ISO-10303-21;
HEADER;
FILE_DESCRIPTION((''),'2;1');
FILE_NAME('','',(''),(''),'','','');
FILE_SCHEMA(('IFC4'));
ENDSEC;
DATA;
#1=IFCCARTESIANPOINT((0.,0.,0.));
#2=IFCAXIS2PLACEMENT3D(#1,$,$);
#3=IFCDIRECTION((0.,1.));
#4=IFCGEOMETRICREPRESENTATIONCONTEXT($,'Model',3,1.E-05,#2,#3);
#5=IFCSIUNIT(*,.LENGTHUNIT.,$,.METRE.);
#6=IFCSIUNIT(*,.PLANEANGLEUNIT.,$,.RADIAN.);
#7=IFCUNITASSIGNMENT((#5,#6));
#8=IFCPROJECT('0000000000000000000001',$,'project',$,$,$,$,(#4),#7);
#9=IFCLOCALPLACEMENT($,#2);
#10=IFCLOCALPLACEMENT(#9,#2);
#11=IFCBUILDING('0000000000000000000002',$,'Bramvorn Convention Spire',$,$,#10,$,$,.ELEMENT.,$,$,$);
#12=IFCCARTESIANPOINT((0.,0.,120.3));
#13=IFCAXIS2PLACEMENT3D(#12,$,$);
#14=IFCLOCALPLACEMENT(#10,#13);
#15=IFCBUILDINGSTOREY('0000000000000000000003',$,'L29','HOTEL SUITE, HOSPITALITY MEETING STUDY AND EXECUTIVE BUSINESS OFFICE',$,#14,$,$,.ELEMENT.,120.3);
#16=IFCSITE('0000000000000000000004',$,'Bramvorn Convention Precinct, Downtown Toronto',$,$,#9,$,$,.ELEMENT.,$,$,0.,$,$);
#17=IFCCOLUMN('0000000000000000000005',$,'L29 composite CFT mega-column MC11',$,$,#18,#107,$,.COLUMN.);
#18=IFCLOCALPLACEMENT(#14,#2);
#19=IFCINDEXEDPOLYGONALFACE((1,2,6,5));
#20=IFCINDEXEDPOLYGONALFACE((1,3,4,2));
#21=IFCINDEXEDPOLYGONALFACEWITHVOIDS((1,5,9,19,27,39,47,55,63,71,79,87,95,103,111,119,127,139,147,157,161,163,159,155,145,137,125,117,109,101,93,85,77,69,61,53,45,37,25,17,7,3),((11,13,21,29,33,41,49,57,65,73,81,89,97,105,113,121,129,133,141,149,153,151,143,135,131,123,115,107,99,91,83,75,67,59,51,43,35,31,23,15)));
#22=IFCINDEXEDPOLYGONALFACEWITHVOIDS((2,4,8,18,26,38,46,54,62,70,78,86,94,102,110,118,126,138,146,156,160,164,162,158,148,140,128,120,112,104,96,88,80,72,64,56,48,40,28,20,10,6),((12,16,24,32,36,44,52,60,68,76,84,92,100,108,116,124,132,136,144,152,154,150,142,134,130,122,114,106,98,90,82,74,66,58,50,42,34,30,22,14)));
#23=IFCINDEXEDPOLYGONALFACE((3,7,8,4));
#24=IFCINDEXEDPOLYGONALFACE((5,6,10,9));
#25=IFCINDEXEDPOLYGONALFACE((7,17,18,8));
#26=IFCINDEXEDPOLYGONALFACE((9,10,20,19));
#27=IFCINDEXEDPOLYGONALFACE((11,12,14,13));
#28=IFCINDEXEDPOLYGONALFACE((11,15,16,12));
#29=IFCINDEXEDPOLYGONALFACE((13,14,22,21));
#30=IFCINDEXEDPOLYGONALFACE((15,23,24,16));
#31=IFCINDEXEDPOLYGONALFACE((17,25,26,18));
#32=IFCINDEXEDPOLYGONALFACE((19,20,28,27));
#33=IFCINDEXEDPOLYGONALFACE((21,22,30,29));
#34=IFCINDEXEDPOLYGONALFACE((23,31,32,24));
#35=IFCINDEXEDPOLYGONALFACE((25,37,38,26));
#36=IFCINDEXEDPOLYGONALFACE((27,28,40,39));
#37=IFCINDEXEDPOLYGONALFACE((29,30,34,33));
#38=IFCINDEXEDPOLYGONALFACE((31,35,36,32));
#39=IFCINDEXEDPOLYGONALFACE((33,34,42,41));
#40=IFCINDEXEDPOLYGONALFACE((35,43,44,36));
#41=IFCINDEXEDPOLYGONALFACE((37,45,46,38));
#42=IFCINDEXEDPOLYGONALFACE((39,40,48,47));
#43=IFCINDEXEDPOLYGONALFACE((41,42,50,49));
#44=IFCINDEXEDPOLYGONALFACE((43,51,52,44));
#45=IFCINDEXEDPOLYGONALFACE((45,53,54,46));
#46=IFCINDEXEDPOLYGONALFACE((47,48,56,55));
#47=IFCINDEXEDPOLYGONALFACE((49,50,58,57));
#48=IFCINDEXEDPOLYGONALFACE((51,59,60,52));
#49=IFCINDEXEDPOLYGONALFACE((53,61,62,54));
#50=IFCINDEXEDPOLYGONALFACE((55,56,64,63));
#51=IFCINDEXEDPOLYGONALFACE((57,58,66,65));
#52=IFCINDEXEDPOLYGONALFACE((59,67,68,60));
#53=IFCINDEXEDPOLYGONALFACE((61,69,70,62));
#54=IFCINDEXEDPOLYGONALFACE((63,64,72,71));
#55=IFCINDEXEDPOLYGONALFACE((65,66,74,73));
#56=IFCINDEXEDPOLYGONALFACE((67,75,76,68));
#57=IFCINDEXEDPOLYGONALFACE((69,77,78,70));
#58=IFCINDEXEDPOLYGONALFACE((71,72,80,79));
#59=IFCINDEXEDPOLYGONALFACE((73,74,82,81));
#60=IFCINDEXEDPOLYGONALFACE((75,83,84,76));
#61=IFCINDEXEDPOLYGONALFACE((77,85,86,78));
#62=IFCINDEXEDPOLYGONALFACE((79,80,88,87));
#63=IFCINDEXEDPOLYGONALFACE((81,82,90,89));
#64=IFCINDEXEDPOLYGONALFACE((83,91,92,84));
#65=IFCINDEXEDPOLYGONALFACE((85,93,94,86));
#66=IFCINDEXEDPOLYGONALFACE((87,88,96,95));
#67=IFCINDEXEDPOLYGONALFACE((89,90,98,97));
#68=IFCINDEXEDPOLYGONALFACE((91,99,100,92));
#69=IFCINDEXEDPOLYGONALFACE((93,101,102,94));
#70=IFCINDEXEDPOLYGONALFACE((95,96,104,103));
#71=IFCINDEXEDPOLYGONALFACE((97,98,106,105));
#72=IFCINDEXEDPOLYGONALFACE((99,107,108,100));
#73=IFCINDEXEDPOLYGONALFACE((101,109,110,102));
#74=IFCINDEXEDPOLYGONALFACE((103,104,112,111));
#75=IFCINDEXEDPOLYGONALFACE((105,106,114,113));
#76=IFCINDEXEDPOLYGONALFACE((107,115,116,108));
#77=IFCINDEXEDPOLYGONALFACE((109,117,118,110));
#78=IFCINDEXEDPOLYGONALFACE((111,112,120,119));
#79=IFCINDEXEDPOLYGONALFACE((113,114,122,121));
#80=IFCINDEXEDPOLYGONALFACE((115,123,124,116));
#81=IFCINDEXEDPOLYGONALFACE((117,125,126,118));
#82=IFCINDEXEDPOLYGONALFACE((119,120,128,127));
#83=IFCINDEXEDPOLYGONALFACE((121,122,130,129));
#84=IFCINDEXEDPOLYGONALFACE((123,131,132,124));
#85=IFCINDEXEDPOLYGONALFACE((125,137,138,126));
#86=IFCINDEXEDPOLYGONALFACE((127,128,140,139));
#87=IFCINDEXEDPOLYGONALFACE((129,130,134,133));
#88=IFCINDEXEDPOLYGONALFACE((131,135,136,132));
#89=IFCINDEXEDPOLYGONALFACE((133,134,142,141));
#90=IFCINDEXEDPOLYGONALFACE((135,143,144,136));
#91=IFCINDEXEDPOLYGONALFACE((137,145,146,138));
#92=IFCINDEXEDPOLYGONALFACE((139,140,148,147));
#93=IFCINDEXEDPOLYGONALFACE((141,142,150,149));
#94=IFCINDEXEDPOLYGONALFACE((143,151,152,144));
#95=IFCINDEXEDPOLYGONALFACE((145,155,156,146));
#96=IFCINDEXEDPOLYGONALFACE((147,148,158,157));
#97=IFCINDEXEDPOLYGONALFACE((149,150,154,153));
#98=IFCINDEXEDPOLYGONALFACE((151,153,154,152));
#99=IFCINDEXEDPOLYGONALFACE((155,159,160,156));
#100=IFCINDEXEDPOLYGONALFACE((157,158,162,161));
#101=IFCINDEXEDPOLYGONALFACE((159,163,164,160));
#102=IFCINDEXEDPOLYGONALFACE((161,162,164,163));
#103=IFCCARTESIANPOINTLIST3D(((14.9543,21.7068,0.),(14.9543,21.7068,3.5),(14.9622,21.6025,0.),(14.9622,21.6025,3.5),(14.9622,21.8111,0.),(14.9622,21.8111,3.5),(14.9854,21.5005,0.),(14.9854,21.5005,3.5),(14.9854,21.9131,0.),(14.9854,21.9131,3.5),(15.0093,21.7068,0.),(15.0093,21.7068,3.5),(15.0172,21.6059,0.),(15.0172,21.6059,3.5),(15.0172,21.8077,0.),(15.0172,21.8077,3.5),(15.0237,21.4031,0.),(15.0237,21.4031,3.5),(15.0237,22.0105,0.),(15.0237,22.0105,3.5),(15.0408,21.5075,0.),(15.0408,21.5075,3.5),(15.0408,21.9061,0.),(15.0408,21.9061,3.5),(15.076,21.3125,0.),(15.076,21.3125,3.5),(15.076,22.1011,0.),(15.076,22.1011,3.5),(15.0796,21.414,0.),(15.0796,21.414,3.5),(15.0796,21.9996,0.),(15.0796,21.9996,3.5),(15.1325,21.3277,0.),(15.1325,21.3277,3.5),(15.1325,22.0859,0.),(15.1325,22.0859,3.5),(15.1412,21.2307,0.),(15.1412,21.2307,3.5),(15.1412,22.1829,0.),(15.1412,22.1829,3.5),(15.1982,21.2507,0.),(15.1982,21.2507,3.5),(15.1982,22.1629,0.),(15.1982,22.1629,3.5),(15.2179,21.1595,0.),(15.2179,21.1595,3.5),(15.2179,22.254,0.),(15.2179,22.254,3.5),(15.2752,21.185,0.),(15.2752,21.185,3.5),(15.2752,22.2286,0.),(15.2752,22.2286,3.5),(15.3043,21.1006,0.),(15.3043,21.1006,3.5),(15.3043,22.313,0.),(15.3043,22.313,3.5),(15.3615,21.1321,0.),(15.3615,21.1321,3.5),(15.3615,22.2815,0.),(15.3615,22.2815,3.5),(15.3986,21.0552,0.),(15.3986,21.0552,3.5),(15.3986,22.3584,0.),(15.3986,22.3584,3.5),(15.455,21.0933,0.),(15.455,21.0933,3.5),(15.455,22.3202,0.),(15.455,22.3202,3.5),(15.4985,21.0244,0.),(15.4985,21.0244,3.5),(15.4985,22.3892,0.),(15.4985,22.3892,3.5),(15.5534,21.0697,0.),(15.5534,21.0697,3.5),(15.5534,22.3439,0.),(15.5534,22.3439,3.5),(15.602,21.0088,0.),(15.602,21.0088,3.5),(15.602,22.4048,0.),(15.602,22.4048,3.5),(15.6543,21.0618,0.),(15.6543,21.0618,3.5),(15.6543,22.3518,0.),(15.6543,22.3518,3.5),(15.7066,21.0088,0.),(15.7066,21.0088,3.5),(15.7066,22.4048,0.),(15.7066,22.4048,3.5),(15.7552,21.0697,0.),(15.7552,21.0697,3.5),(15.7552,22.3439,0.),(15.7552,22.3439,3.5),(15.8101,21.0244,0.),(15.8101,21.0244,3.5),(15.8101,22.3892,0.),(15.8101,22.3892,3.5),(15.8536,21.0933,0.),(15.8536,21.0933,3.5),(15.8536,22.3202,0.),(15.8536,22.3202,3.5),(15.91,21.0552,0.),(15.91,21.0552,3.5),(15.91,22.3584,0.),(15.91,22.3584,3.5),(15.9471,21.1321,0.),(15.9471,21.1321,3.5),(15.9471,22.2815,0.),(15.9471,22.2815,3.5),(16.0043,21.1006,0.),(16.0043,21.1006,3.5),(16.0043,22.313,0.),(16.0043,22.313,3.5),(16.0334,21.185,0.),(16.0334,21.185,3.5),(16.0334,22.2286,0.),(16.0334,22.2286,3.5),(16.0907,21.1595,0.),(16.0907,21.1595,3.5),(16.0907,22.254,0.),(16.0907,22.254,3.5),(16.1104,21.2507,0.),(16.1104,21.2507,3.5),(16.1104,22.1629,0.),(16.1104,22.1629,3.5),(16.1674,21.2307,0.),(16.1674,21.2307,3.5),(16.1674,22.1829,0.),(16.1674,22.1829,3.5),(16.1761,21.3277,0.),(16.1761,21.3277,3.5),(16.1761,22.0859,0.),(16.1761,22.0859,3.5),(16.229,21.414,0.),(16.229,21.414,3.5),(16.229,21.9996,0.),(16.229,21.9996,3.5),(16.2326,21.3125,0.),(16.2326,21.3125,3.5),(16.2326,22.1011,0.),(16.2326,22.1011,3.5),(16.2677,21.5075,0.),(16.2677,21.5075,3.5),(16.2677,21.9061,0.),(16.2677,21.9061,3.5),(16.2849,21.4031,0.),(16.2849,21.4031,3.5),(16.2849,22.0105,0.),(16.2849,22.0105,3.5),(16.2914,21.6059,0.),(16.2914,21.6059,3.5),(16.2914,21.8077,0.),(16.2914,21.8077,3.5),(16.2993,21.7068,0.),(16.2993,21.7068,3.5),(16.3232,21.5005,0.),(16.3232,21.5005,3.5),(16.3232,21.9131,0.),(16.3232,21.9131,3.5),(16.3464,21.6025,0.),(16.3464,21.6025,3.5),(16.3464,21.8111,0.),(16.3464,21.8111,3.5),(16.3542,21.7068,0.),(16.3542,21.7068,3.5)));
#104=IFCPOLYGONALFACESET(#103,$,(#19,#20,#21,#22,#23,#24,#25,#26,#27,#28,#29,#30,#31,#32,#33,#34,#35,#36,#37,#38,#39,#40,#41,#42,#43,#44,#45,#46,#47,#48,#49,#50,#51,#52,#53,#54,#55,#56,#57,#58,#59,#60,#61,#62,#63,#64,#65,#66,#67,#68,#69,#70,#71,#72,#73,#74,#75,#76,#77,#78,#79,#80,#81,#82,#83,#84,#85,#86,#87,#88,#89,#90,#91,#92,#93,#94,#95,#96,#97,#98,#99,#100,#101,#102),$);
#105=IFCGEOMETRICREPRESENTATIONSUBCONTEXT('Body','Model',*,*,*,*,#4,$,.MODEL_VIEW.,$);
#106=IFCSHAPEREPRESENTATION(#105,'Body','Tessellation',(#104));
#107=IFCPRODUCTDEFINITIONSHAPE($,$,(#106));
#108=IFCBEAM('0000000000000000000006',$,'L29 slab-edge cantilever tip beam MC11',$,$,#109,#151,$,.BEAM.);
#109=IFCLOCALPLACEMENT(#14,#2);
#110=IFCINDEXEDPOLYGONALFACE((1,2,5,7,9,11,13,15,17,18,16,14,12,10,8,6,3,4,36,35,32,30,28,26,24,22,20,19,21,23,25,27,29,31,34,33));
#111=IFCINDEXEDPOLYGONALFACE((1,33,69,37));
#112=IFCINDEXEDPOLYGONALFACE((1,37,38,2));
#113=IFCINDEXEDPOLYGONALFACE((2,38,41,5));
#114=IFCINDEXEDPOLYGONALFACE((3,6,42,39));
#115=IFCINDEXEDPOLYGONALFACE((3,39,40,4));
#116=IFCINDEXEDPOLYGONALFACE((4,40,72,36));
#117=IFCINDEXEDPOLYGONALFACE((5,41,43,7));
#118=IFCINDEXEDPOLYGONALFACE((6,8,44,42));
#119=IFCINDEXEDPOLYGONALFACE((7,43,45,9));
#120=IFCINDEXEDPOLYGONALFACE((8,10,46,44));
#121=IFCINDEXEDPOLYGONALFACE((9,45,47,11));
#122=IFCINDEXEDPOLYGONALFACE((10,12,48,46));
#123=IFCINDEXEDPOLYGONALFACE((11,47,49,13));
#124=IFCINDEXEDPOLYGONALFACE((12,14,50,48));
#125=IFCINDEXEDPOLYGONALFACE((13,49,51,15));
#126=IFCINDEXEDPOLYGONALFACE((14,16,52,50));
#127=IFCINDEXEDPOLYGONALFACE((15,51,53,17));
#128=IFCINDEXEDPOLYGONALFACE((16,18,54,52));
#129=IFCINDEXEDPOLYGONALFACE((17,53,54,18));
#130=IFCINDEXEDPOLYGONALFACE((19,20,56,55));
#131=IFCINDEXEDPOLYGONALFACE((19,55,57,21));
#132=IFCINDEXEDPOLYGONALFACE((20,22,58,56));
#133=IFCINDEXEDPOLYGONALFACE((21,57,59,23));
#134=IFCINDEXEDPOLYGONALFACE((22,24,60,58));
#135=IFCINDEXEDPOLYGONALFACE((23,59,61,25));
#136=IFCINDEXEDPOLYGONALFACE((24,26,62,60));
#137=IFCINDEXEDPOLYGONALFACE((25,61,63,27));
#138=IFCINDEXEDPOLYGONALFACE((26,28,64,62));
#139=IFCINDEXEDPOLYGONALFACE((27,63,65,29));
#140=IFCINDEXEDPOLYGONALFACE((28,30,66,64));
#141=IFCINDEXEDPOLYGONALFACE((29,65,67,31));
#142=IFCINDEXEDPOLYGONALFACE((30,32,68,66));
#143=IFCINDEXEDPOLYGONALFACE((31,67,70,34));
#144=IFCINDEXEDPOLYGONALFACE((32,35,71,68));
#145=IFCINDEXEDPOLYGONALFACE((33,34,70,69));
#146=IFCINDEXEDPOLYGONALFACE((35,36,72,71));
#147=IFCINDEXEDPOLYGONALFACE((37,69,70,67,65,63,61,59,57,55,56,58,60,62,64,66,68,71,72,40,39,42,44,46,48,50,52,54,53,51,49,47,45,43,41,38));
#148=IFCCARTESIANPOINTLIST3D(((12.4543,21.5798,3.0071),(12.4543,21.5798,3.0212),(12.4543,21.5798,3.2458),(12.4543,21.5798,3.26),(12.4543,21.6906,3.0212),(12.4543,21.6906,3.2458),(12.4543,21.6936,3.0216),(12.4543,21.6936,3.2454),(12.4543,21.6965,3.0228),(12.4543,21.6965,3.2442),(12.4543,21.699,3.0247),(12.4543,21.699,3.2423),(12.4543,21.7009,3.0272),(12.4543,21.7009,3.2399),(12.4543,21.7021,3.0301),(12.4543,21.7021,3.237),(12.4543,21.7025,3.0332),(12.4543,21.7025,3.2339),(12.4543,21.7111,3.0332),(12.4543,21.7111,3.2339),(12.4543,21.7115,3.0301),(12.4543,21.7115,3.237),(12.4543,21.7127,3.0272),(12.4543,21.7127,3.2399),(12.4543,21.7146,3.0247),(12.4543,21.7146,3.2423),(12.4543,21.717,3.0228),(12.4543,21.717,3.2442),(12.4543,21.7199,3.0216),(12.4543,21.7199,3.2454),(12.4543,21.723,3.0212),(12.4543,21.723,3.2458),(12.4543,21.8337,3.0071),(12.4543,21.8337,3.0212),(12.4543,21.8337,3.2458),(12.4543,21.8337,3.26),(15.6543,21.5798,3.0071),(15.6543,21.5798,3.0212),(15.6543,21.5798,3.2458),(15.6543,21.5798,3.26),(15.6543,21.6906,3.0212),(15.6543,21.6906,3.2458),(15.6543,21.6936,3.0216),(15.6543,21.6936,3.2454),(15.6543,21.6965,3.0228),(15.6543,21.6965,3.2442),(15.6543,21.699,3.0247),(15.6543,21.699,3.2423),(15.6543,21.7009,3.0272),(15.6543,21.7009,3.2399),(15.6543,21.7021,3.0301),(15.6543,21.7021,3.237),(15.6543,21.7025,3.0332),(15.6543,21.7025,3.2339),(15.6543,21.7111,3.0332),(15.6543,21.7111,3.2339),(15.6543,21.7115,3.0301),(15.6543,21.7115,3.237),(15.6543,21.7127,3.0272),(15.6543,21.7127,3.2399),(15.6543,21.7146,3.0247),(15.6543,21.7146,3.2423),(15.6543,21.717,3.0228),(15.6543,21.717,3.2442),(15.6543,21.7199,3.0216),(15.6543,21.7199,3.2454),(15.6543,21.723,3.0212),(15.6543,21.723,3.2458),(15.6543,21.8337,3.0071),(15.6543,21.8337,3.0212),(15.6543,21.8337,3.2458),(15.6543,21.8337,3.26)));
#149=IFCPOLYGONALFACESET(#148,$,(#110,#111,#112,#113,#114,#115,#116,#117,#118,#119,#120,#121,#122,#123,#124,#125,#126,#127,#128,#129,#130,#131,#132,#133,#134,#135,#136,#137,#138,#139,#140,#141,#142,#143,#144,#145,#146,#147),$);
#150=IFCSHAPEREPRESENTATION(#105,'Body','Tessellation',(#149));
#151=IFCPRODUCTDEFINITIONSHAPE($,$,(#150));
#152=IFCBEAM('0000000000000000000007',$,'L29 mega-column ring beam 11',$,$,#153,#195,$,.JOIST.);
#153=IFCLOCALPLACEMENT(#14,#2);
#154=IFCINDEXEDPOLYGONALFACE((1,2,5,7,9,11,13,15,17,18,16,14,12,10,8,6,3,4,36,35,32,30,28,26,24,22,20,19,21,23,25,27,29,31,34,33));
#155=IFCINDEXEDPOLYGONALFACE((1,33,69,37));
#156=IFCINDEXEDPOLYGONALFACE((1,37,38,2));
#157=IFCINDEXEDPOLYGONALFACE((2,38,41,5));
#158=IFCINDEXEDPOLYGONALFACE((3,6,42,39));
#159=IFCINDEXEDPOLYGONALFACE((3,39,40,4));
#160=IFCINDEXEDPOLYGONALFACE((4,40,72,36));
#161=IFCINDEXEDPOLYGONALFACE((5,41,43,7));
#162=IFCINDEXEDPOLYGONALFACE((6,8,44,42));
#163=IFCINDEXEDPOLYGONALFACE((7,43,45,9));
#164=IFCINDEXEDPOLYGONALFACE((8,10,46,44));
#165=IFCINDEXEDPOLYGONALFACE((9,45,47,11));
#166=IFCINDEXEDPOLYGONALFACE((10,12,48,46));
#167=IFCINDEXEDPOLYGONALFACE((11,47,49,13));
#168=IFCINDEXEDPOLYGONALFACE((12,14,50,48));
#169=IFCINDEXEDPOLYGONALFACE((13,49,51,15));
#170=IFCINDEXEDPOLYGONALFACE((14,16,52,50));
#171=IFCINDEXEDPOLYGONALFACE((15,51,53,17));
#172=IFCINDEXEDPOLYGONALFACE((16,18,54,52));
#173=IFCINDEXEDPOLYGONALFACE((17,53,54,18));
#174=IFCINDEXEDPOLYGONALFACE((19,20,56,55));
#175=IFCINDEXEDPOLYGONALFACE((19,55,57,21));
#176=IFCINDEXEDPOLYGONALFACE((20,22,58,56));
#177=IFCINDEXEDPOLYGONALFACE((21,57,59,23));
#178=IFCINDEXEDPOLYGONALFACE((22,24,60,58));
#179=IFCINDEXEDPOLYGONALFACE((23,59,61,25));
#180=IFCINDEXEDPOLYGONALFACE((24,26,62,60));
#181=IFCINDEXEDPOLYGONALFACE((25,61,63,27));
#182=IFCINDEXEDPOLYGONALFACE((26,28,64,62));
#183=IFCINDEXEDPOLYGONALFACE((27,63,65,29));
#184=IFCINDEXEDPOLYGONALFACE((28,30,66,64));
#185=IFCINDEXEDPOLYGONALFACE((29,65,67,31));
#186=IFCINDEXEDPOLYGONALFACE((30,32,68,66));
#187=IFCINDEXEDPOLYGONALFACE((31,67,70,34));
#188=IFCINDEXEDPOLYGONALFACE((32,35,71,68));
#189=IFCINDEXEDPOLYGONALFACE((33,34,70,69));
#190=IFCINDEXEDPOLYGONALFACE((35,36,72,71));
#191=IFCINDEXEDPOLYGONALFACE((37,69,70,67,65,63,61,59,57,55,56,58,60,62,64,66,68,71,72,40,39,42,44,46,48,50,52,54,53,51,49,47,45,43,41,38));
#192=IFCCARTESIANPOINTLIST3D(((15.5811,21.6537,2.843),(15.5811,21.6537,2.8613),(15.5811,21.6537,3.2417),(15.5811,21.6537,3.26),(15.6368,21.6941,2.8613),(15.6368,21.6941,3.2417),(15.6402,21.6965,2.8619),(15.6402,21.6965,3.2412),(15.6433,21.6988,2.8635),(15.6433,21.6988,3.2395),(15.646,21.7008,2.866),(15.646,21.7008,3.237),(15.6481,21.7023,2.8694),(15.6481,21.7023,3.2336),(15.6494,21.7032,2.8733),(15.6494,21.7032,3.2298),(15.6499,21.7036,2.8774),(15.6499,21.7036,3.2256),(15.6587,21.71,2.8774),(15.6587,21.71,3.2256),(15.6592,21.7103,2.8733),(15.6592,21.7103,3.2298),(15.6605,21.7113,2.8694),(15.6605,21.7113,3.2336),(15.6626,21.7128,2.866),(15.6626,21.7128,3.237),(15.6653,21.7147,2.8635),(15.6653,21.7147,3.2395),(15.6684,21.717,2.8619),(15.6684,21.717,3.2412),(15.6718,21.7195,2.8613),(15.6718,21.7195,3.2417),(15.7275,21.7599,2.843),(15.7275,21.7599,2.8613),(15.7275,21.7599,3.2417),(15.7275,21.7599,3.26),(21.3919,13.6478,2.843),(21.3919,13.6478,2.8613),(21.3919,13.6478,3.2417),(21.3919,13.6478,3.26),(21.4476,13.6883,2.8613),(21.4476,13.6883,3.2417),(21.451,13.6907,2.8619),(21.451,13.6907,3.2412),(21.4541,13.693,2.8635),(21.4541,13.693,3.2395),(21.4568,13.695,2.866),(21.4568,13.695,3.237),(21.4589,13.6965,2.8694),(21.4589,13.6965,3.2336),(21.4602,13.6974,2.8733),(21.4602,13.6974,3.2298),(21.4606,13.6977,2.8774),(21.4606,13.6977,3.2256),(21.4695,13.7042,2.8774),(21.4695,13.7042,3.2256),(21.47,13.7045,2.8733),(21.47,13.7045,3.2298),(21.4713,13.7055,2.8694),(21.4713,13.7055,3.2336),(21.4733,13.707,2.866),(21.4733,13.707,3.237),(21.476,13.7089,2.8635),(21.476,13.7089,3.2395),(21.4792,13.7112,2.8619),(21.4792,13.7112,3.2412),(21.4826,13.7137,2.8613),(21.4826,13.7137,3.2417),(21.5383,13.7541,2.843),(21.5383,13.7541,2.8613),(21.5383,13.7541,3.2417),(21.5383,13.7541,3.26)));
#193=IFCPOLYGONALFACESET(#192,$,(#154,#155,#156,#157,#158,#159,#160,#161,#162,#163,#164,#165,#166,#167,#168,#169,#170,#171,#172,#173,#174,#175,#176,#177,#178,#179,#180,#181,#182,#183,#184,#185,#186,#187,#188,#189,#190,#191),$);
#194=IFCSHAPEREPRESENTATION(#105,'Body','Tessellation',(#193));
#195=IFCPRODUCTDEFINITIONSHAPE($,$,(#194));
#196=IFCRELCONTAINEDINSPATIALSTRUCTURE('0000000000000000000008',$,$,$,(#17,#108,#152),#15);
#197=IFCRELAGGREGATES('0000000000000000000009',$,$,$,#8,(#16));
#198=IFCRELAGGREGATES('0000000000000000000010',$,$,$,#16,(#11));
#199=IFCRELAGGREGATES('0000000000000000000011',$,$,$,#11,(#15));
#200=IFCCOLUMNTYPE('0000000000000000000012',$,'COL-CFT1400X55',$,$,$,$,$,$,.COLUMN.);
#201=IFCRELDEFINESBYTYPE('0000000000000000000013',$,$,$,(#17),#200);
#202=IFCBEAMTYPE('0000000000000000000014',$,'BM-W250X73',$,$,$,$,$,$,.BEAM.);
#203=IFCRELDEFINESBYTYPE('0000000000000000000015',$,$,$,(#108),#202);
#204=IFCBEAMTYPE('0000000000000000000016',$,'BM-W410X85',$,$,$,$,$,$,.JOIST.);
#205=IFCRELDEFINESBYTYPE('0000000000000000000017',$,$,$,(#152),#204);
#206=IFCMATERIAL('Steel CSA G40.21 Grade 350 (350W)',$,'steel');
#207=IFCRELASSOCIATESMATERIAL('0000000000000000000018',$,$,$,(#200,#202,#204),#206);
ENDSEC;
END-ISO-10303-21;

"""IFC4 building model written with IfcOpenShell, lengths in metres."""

from ifc_helpers import new_model, si_unit, direction, frame, origin, origin_2d, place, context, subcontext, project, spatial, hollow_circle, i_section, extrude, material, material_profile, profile_set, type_object, element, save


model = new_model("IFC4")

# Units and contexts
model_context = context("Model", 3, precision=1e-05, world=origin(), true_north=direction((0.0, 1.0)))
body_context = subcontext(model_context, "Body", "Model", "MODEL_VIEW")
ifc_project = project(units=[si_unit("LENGTHUNIT", "METRE"), si_unit("PLANEANGLEUNIT", "RADIAN")], contexts=[model_context])

# Site, building, storey
site_placement = place(None, origin())
site = spatial("IfcSite", under=ifc_project, at=site_placement, Name="Bramvorn Convention Precinct, Downtown Toronto", CompositionType="ELEMENT", RefElevation=0.0)
building_placement = place(site_placement, origin())
building = spatial("IfcBuilding", under=site, at=building_placement, Name="Bramvorn Convention Spire", CompositionType="ELEMENT")
storey_placement = place(building_placement, frame((0.0, 0.0, 120.3)))
storey = spatial("IfcBuildingStorey", under=building, at=storey_placement, Name="L29", Description="HOTEL SUITE, HOSPITALITY MEETING STUDY AND EXECUTIVE BUSINESS OFFICE", CompositionType="ELEMENT", Elevation=120.3)

# Column
ifc_material_1 = material(Name="Steel CSA G40.21 Grade 350 (350W)", Category="steel")
ifc_material_profile_1 = material_profile(ifc_material_1, hollow_circle(Radius=0.7, WallThickness=0.0549, at=origin_2d()))
ifc_profile_set_1 = profile_set([ifc_material_profile_1], Name="Steel CSA G40.21 Grade 350 (350W) - CFT1400X55")
column_type = type_object("IfcColumnType", Name="COL-CFT1400X55", PredefinedType="COLUMN", material=ifc_profile_set_1)
column_placement = place(storey_placement, frame((15.6543, 21.7068, 0.0), z_axis=(0.0, 0.0, 1.0), x_axis=(1.0, 0.0, 0.0)))
element("IfcColumn", 1, at=column_placement, inside=storey, type_object=column_type, Name="L29 composite CFT mega-column MC11", PredefinedType="COLUMN", context=body_context, shape_type="SweptSolid", body=[
    extrude(hollow_circle(Radius=0.7, WallThickness=0.0549, at=origin_2d()), origin(), (0.0, 0.0, 1.0), 3.5),
])

# Beams
ifc_material_profile_2 = material_profile(ifc_material_1, i_section(OverallWidth=0.2539, OverallDepth=0.2529, WebThickness=0.0085, FlangeThickness=0.0142, FilletRadius=0.012, at=origin_2d()))
ifc_profile_set_2 = profile_set([ifc_material_profile_2], Name="Steel CSA G40.21 Grade 350 (350W) - W250X73")
beam_type_1 = type_object("IfcBeamType", Name="BM-W250X73", PredefinedType="BEAM", material=ifc_profile_set_2)
beam_1_placement = place(storey_placement, frame((15.6543, 21.7068, 3.1335), z_axis=(-1.0, 0.0, 0.0), x_axis=(0.0, -1.0, 0.0)))
element("IfcBeam", 2, at=beam_1_placement, inside=storey, type_object=beam_type_1, Name="L29 slab-edge cantilever tip beam MC11", PredefinedType="BEAM", context=body_context, shape_type="SweptSolid", body=[
    extrude(i_section(OverallWidth=0.2539, OverallDepth=0.2529, WebThickness=0.0085, FlangeThickness=0.0142, FilletRadius=0.012, at=origin_2d()), origin(), (0.0, 0.0, 1.0), 3.2),
])
ifc_material_profile_3 = material_profile(ifc_material_1, i_section(OverallWidth=0.1809, OverallDepth=0.417, WebThickness=0.011, FlangeThickness=0.0183, FilletRadius=0.0161, at=origin_2d()))
ifc_profile_set_3 = profile_set([ifc_material_profile_3], Name="Steel CSA G40.21 Grade 350 (350W) - W410X85")
beam_type_2 = type_object("IfcBeamType", Name="BM-W410X85", PredefinedType="JOIST", material=ifc_profile_set_3)
beam_2_placement = place(storey_placement, frame((15.6543, 21.7068, 3.0515), z_axis=(0.587401, -0.809296, 0.0), x_axis=(0.809296, 0.587401, 0.0)))
element("IfcBeam", 3, at=beam_2_placement, inside=storey, type_object=beam_type_2, Name="L29 mega-column ring beam 11", PredefinedType="JOIST", context=body_context, shape_type="SweptSolid", body=[
    extrude(i_section(OverallWidth=0.1809, OverallDepth=0.417, WebThickness=0.011, FlangeThickness=0.0183, FilletRadius=0.0161, at=origin_2d()), origin(), (0.0, 0.0, 1.0), 9.8923),
])

save(model, "model.ifc")
